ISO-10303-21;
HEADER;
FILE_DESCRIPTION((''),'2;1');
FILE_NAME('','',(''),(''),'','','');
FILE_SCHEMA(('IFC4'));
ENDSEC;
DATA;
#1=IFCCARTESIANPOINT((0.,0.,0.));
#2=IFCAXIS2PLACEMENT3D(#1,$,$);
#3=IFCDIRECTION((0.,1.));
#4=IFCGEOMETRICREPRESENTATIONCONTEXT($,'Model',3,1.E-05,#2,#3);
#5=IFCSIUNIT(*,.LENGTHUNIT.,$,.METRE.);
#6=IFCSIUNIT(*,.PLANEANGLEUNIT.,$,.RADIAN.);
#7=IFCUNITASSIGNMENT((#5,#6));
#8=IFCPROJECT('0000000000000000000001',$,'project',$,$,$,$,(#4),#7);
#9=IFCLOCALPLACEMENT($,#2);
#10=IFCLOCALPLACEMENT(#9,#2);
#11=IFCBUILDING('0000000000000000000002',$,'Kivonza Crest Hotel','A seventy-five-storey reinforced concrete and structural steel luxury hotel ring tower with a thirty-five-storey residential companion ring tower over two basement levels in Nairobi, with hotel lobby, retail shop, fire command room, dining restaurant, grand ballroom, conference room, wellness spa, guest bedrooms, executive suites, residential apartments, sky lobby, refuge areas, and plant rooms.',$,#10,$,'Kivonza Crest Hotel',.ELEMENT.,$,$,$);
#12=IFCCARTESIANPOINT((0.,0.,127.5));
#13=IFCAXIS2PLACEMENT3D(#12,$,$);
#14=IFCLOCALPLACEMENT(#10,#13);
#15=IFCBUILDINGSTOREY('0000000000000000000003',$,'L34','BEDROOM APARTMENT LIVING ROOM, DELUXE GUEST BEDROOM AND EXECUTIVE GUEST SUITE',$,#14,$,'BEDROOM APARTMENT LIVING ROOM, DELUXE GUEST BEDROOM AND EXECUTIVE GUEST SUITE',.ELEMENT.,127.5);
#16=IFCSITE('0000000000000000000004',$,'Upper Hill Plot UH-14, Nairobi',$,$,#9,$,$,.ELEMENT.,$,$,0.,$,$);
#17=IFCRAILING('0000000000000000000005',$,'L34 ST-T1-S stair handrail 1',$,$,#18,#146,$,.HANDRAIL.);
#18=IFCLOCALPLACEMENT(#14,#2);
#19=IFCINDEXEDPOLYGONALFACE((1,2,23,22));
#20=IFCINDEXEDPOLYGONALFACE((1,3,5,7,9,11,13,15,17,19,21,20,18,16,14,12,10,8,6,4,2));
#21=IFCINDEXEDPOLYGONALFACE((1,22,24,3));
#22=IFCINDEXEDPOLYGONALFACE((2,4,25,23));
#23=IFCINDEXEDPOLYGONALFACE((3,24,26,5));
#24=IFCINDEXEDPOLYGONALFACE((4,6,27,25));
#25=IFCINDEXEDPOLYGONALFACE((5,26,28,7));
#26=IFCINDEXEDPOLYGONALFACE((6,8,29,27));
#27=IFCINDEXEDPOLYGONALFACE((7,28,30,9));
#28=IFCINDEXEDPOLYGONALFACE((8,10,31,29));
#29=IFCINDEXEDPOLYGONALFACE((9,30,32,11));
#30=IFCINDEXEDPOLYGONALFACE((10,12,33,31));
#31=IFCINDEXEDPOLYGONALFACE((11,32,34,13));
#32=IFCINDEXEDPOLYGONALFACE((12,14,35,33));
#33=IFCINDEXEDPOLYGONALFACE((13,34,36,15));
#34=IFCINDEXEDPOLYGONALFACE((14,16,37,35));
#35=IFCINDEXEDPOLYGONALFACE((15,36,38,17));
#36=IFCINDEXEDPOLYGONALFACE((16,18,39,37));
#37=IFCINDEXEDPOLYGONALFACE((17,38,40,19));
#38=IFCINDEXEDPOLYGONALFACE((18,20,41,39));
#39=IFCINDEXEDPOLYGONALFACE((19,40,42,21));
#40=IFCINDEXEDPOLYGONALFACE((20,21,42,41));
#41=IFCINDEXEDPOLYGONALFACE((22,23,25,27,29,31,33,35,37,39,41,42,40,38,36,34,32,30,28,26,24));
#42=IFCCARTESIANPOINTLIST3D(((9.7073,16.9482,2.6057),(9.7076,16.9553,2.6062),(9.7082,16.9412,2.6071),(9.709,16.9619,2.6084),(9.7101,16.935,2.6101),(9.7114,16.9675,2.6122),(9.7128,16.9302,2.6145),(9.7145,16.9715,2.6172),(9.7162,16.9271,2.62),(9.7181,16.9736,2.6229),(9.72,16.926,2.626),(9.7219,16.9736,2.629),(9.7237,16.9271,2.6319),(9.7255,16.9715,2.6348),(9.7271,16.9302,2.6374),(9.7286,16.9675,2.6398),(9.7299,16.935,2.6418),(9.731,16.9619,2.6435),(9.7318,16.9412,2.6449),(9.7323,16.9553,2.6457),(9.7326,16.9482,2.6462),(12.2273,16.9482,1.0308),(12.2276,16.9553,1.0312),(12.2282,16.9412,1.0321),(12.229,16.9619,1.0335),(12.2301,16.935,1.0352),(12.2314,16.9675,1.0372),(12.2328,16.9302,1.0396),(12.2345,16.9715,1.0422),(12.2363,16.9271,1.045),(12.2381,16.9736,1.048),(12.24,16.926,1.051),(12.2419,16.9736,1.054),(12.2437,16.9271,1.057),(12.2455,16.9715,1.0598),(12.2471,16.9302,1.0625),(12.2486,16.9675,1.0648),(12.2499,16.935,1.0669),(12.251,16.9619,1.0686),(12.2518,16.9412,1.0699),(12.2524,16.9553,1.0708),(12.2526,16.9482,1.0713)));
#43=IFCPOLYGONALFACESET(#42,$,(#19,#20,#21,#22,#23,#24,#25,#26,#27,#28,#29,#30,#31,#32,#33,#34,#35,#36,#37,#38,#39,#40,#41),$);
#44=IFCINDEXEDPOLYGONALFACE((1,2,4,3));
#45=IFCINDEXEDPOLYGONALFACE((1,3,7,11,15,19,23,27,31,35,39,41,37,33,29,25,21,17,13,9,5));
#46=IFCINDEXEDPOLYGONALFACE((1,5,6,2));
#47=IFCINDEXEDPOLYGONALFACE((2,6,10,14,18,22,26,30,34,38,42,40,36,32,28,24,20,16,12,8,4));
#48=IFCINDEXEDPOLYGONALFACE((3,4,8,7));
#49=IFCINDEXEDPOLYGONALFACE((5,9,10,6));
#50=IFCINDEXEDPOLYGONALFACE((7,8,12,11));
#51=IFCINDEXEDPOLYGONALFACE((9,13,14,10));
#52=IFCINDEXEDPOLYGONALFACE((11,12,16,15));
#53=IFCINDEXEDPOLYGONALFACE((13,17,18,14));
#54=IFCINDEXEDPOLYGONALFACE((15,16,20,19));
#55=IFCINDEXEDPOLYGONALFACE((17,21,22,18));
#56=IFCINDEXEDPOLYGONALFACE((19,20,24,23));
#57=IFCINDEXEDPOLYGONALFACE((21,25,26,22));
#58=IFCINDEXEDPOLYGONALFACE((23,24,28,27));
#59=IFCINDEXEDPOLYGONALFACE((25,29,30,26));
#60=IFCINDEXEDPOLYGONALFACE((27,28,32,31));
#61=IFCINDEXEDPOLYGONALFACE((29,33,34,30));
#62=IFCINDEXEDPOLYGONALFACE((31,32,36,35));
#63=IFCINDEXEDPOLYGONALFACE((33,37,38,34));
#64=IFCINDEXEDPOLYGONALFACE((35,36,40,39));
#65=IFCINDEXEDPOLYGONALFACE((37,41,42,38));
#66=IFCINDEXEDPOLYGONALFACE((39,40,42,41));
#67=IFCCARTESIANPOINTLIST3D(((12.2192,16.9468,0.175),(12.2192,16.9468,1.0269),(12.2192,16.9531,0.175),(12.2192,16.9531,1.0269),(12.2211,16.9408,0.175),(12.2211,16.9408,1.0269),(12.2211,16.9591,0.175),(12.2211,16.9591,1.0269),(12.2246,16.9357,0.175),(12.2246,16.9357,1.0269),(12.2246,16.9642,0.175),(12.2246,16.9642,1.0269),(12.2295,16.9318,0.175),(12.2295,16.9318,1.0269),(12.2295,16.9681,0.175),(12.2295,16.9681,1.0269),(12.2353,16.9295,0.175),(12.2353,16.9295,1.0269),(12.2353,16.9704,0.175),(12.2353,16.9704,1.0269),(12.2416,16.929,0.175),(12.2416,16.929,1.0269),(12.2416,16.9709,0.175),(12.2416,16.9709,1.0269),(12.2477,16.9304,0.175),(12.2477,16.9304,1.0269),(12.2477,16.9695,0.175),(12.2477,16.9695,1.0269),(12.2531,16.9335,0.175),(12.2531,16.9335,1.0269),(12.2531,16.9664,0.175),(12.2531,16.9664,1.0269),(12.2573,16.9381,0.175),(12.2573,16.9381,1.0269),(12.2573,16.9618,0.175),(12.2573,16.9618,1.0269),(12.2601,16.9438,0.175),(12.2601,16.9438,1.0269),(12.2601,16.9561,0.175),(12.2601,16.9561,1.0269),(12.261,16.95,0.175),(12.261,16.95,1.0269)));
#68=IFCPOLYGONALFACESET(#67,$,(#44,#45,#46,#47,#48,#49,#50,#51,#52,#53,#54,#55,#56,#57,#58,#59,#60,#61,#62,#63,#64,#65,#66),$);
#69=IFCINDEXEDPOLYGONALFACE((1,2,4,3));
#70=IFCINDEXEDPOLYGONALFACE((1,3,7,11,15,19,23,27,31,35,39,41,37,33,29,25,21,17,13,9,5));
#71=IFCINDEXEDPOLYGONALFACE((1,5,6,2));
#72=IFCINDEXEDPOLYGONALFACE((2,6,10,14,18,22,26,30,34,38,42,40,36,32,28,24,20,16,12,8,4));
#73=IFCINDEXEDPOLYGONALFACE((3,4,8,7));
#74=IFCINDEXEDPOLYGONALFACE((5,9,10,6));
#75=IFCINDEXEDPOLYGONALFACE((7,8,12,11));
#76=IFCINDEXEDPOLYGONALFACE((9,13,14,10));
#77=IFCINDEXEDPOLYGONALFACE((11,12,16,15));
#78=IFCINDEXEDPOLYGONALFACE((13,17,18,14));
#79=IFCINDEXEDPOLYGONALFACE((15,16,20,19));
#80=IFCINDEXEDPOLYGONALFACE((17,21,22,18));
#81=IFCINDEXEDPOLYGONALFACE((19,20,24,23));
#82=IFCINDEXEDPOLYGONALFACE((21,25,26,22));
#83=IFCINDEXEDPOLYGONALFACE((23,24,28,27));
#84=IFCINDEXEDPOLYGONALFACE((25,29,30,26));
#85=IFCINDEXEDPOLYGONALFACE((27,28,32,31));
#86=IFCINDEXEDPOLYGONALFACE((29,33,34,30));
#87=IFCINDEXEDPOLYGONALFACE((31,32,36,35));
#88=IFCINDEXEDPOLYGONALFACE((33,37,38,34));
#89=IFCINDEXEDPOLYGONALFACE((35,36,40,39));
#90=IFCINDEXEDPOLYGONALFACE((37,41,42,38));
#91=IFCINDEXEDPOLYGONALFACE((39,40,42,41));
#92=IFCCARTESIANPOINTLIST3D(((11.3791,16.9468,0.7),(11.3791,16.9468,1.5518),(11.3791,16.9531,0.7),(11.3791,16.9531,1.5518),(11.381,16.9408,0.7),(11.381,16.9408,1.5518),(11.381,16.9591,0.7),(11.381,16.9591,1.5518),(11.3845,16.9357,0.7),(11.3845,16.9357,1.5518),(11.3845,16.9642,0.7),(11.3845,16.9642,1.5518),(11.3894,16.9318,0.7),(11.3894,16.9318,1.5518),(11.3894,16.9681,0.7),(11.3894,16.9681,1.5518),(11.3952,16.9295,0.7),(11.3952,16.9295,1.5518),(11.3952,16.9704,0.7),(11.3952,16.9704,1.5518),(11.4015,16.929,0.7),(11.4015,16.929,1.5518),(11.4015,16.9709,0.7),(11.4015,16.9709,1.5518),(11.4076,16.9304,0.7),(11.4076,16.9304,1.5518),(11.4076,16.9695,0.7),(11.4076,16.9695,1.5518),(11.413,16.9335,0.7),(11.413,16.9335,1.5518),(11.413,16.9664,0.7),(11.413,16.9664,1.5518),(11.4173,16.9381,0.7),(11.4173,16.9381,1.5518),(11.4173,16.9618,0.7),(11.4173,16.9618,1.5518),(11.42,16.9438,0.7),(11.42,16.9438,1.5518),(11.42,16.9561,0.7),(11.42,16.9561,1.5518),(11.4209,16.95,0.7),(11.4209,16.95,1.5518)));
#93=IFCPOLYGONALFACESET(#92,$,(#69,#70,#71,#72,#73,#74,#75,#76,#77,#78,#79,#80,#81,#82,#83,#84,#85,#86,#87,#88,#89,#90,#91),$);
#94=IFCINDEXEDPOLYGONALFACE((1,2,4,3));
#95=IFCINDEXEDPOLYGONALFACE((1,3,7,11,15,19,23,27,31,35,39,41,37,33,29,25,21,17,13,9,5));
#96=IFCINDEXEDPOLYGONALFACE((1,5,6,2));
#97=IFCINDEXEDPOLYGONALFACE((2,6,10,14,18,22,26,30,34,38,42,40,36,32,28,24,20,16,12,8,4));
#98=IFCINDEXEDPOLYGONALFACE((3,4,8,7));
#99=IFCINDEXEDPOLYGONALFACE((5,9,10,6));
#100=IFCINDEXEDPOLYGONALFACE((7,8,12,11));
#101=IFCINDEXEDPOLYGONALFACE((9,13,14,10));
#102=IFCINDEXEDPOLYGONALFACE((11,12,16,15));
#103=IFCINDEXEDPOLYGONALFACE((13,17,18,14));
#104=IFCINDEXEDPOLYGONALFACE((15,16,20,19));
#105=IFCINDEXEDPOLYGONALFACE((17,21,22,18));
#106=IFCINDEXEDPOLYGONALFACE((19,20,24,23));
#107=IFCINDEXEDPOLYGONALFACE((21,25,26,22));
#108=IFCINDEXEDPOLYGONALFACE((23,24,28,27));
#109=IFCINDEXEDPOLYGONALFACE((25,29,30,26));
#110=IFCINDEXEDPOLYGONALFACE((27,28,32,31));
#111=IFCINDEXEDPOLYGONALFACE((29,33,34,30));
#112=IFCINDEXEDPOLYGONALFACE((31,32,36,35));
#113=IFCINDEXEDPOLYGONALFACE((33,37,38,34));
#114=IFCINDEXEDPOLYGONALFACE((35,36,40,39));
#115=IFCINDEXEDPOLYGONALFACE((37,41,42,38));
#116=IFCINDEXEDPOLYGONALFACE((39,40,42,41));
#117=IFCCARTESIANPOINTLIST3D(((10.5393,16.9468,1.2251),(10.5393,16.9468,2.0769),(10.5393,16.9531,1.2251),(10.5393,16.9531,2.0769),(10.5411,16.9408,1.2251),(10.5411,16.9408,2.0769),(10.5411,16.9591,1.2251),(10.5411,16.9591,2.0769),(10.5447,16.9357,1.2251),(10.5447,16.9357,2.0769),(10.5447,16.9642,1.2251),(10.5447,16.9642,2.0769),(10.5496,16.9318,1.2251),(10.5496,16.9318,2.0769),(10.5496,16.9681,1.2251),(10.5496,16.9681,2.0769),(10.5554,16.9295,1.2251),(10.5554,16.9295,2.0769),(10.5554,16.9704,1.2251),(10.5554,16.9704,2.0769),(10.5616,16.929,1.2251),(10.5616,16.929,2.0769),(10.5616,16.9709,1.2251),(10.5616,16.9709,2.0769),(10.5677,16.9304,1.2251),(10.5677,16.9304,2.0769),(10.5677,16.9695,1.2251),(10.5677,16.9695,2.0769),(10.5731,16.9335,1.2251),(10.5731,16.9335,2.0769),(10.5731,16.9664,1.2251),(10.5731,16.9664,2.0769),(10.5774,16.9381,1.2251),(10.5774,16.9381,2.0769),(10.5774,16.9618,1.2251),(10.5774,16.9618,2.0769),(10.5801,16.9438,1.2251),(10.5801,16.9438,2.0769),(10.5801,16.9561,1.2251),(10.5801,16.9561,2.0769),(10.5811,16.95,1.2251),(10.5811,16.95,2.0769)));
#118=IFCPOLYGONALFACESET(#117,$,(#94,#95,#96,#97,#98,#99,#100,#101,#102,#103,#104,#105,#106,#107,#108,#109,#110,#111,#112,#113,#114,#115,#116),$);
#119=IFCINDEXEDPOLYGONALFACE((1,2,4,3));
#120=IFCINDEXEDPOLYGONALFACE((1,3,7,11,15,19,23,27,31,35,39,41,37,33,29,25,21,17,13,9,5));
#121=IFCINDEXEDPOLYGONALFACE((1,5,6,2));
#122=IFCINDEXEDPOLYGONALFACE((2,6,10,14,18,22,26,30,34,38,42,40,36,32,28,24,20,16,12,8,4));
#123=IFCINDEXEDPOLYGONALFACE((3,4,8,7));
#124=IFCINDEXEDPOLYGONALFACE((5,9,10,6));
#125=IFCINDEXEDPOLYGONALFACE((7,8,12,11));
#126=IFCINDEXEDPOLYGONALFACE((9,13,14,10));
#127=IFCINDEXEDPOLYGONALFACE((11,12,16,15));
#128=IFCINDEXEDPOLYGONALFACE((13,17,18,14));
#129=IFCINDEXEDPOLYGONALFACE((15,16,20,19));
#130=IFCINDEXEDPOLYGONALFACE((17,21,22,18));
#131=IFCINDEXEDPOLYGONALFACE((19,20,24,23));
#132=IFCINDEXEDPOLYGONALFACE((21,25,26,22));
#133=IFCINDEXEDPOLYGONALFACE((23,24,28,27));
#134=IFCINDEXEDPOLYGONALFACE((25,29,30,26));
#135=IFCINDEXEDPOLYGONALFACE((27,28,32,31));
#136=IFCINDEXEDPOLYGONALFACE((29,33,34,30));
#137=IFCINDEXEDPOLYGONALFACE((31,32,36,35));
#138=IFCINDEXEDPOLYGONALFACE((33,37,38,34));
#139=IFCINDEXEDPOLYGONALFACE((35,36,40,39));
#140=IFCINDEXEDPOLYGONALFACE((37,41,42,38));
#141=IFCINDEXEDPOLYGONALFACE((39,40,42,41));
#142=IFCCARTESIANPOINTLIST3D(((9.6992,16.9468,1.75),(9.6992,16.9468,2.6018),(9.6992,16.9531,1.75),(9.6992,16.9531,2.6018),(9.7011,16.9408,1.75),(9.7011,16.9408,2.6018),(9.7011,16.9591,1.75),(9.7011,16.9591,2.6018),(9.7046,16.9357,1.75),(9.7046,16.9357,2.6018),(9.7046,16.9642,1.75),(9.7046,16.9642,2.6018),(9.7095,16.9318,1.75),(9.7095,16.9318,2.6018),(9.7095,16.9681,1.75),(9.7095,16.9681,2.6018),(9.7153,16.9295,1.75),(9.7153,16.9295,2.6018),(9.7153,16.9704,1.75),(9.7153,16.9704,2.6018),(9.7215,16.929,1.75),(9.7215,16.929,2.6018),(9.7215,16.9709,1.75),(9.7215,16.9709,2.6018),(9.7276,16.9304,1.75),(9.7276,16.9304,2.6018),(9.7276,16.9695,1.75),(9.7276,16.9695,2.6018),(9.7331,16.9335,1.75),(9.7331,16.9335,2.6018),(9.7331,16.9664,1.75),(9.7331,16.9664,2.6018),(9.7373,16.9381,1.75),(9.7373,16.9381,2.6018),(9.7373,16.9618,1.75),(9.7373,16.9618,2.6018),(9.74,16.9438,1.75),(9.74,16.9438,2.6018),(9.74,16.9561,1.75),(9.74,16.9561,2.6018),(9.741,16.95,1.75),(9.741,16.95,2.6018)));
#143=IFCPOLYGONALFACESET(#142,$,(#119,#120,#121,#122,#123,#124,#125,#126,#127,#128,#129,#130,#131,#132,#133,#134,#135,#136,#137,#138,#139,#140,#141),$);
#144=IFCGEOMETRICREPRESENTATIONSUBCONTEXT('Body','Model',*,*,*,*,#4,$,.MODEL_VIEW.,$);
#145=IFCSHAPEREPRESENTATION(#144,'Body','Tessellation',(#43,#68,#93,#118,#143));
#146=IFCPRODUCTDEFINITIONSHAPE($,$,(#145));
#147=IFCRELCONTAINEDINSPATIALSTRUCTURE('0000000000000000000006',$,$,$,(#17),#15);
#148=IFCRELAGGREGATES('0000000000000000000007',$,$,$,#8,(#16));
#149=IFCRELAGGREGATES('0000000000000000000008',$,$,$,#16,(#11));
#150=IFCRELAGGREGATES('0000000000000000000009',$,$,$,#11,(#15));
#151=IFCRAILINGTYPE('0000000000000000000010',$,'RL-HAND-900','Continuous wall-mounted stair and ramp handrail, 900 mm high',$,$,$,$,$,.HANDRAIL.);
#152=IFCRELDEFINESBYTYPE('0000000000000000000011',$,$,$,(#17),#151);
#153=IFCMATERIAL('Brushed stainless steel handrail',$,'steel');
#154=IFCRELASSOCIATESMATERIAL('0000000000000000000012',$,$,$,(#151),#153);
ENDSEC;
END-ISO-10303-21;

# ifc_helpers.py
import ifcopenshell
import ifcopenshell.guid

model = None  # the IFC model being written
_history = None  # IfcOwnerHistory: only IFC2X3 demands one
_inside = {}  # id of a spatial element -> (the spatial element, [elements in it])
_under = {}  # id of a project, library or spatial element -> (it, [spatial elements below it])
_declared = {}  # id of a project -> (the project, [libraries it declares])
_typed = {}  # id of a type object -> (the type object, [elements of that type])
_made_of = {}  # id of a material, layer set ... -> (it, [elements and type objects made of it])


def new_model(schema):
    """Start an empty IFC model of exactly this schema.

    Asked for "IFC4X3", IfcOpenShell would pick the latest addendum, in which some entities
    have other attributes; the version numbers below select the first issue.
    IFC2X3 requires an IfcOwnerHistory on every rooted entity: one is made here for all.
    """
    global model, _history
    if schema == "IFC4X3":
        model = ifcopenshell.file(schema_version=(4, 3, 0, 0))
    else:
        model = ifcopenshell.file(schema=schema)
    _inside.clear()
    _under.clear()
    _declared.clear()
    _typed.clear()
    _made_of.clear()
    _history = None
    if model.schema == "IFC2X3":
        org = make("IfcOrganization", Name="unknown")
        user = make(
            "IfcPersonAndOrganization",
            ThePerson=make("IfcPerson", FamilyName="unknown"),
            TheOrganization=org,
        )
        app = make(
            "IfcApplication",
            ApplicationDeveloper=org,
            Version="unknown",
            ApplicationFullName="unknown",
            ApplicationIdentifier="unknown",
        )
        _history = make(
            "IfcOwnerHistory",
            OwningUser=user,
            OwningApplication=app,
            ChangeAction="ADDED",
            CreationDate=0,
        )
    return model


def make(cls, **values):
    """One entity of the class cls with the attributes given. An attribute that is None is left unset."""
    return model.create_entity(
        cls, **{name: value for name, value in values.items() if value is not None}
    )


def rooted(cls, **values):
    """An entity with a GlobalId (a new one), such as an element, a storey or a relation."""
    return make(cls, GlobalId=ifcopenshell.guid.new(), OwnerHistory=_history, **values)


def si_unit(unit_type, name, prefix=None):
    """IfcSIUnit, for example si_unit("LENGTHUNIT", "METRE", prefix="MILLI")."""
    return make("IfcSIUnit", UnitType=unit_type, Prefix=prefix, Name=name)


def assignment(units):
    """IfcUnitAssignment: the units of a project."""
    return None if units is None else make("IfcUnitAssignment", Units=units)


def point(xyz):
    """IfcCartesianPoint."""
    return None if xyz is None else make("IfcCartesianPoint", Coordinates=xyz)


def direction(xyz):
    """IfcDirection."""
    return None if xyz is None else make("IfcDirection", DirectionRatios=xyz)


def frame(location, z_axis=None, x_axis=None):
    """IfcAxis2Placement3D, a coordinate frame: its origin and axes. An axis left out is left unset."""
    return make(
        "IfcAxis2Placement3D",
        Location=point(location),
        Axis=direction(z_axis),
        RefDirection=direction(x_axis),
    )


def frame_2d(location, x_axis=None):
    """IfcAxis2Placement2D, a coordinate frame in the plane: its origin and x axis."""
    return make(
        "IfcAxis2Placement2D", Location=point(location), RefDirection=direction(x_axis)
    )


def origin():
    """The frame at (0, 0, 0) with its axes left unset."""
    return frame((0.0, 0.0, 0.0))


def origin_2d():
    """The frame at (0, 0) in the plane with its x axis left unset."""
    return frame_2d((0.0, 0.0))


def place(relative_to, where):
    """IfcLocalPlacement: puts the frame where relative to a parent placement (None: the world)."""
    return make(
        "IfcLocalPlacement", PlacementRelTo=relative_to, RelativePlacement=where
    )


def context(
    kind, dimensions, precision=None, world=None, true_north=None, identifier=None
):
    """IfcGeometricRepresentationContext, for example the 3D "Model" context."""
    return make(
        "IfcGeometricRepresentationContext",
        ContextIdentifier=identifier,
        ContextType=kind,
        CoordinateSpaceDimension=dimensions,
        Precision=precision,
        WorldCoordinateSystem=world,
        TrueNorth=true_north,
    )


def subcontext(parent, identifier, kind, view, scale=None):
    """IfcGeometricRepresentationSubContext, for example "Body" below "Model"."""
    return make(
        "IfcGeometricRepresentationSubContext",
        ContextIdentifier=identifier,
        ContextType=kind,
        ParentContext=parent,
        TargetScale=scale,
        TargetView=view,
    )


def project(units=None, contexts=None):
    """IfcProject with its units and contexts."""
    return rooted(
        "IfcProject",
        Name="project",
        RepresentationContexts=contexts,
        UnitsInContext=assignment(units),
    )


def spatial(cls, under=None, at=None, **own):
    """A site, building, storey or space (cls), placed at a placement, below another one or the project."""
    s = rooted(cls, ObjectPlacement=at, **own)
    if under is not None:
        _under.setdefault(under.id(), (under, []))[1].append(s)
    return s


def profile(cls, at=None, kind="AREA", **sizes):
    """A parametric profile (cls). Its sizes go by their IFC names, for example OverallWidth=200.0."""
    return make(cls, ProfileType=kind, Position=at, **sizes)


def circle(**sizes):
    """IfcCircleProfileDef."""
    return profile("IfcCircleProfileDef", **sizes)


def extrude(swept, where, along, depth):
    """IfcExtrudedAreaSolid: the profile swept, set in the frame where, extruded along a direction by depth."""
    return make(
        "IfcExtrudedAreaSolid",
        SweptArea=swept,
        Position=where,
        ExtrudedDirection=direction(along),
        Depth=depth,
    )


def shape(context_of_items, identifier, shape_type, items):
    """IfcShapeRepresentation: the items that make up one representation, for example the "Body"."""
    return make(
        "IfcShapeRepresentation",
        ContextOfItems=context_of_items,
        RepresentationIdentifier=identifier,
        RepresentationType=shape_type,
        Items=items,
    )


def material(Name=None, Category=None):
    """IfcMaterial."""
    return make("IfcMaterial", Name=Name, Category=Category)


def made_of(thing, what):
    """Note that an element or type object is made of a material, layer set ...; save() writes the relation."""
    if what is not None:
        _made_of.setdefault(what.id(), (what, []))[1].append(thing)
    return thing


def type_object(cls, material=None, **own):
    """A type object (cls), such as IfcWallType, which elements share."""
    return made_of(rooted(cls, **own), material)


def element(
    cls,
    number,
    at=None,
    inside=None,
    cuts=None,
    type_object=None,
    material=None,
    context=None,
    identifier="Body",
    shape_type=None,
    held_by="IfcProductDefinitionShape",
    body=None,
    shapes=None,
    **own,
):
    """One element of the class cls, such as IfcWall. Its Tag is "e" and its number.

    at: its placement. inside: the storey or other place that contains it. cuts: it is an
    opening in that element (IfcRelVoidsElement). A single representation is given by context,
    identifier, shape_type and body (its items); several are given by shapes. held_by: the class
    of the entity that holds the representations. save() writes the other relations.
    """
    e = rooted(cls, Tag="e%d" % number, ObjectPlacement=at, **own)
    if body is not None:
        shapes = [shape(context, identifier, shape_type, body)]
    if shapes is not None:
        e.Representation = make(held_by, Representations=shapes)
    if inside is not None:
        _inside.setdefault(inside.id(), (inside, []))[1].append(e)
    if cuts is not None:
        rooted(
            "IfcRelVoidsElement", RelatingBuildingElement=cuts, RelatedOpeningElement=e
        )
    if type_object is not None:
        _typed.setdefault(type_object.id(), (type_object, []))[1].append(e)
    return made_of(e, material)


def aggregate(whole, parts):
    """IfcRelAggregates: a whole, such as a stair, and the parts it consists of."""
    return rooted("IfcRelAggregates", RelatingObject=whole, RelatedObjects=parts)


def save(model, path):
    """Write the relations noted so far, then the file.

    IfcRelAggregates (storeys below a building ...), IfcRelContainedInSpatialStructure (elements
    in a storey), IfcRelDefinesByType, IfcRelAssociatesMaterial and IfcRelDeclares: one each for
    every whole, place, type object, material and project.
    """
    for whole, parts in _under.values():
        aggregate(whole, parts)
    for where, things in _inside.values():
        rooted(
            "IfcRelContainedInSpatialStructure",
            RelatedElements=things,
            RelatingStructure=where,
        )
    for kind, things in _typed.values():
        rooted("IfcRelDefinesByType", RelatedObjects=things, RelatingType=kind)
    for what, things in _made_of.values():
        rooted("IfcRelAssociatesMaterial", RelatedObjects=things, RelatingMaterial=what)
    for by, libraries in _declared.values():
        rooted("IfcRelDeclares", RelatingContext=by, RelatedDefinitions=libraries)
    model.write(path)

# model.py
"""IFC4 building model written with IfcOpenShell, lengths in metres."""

from ifc_helpers import new_model, si_unit, direction, frame, origin, origin_2d, place, context, subcontext, project, spatial, circle, extrude, material, type_object, element, save


model = new_model("IFC4")

# Units and contexts
model_context = context("Model", 3, precision=1e-05, world=origin(), true_north=direction((0.0, 1.0)))
body_context = subcontext(model_context, "Body", "Model", "MODEL_VIEW")
ifc_project = project(units=[si_unit("LENGTHUNIT", "METRE"), si_unit("PLANEANGLEUNIT", "RADIAN")], contexts=[model_context])

# Site, building, storey
site_placement = place(None, origin())
site = spatial("IfcSite", under=ifc_project, at=site_placement, Name="Upper Hill Plot UH-14, Nairobi", CompositionType="ELEMENT", RefElevation=0.0)
building_placement = place(site_placement, origin())
building = spatial("IfcBuilding", under=site, at=building_placement, Name="Kivonza Crest Hotel", Description="A seventy-five-storey reinforced concrete and structural steel luxury hotel ring tower with a thirty-five-storey residential companion ring tower over two basement levels in Nairobi, with hotel lobby, retail shop, fire command room, dining restaurant, grand ballroom, conference room, wellness spa, guest bedrooms, executive suites, residential apartments, sky lobby, refuge areas, and plant rooms.", LongName="Kivonza Crest Hotel", CompositionType="ELEMENT")
storey_placement = place(building_placement, frame((0.0, 0.0, 127.5)))
storey = spatial("IfcBuildingStorey", under=building, at=storey_placement, Name="L34", Description="BEDROOM APARTMENT LIVING ROOM, DELUXE GUEST BEDROOM AND EXECUTIVE GUEST SUITE", LongName="BEDROOM APARTMENT LIVING ROOM, DELUXE GUEST BEDROOM AND EXECUTIVE GUEST SUITE", CompositionType="ELEMENT", Elevation=127.5)

# Railing
ifc_material_1 = material(Name="Brushed stainless steel handrail", Category="steel")
railing_type_1 = type_object("IfcRailingType", Name="RL-HAND-900", Description="Continuous wall-mounted stair and ramp handrail, 900 mm high", PredefinedType="HANDRAIL", material=ifc_material_1)
railing_1_placement = place(storey_placement, frame((12.24, 16.95, 0.175)))
element("IfcRailing", 1, at=railing_1_placement, inside=storey, type_object=railing_type_1, Name="L34 ST-T1-S stair handrail 1", PredefinedType="HANDRAIL", context=body_context, shape_type="SweptSolid", body=[
    extrude(circle(Radius=0.0239, at=origin_2d()), frame((0.0, 0.0, 0.876), z_axis=(-0.848008, 0.0, 0.529984), x_axis=(0.0, -1.0, 0.0)), (0.0, 0.0, 1.0), 2.9717),
    extrude(circle(Radius=0.021, at=origin_2d()), origin(), (0.0, 0.0, 1.0), 0.8518),
    extrude(circle(Radius=0.021, at=origin_2d()), frame((-0.8401, 0.0, 0.5249)), (0.0, 0.0, 1.0), 0.8518),
    extrude(circle(Radius=0.021, at=origin_2d()), frame((-1.6799, 0.0, 1.05)), (0.0, 0.0, 1.0), 0.8518),
    extrude(circle(Radius=0.021, at=origin_2d()), frame((-2.52, 0.0, 1.575)), (0.0, 0.0, 1.0), 0.8518),
])

save(model, "model.ifc")
